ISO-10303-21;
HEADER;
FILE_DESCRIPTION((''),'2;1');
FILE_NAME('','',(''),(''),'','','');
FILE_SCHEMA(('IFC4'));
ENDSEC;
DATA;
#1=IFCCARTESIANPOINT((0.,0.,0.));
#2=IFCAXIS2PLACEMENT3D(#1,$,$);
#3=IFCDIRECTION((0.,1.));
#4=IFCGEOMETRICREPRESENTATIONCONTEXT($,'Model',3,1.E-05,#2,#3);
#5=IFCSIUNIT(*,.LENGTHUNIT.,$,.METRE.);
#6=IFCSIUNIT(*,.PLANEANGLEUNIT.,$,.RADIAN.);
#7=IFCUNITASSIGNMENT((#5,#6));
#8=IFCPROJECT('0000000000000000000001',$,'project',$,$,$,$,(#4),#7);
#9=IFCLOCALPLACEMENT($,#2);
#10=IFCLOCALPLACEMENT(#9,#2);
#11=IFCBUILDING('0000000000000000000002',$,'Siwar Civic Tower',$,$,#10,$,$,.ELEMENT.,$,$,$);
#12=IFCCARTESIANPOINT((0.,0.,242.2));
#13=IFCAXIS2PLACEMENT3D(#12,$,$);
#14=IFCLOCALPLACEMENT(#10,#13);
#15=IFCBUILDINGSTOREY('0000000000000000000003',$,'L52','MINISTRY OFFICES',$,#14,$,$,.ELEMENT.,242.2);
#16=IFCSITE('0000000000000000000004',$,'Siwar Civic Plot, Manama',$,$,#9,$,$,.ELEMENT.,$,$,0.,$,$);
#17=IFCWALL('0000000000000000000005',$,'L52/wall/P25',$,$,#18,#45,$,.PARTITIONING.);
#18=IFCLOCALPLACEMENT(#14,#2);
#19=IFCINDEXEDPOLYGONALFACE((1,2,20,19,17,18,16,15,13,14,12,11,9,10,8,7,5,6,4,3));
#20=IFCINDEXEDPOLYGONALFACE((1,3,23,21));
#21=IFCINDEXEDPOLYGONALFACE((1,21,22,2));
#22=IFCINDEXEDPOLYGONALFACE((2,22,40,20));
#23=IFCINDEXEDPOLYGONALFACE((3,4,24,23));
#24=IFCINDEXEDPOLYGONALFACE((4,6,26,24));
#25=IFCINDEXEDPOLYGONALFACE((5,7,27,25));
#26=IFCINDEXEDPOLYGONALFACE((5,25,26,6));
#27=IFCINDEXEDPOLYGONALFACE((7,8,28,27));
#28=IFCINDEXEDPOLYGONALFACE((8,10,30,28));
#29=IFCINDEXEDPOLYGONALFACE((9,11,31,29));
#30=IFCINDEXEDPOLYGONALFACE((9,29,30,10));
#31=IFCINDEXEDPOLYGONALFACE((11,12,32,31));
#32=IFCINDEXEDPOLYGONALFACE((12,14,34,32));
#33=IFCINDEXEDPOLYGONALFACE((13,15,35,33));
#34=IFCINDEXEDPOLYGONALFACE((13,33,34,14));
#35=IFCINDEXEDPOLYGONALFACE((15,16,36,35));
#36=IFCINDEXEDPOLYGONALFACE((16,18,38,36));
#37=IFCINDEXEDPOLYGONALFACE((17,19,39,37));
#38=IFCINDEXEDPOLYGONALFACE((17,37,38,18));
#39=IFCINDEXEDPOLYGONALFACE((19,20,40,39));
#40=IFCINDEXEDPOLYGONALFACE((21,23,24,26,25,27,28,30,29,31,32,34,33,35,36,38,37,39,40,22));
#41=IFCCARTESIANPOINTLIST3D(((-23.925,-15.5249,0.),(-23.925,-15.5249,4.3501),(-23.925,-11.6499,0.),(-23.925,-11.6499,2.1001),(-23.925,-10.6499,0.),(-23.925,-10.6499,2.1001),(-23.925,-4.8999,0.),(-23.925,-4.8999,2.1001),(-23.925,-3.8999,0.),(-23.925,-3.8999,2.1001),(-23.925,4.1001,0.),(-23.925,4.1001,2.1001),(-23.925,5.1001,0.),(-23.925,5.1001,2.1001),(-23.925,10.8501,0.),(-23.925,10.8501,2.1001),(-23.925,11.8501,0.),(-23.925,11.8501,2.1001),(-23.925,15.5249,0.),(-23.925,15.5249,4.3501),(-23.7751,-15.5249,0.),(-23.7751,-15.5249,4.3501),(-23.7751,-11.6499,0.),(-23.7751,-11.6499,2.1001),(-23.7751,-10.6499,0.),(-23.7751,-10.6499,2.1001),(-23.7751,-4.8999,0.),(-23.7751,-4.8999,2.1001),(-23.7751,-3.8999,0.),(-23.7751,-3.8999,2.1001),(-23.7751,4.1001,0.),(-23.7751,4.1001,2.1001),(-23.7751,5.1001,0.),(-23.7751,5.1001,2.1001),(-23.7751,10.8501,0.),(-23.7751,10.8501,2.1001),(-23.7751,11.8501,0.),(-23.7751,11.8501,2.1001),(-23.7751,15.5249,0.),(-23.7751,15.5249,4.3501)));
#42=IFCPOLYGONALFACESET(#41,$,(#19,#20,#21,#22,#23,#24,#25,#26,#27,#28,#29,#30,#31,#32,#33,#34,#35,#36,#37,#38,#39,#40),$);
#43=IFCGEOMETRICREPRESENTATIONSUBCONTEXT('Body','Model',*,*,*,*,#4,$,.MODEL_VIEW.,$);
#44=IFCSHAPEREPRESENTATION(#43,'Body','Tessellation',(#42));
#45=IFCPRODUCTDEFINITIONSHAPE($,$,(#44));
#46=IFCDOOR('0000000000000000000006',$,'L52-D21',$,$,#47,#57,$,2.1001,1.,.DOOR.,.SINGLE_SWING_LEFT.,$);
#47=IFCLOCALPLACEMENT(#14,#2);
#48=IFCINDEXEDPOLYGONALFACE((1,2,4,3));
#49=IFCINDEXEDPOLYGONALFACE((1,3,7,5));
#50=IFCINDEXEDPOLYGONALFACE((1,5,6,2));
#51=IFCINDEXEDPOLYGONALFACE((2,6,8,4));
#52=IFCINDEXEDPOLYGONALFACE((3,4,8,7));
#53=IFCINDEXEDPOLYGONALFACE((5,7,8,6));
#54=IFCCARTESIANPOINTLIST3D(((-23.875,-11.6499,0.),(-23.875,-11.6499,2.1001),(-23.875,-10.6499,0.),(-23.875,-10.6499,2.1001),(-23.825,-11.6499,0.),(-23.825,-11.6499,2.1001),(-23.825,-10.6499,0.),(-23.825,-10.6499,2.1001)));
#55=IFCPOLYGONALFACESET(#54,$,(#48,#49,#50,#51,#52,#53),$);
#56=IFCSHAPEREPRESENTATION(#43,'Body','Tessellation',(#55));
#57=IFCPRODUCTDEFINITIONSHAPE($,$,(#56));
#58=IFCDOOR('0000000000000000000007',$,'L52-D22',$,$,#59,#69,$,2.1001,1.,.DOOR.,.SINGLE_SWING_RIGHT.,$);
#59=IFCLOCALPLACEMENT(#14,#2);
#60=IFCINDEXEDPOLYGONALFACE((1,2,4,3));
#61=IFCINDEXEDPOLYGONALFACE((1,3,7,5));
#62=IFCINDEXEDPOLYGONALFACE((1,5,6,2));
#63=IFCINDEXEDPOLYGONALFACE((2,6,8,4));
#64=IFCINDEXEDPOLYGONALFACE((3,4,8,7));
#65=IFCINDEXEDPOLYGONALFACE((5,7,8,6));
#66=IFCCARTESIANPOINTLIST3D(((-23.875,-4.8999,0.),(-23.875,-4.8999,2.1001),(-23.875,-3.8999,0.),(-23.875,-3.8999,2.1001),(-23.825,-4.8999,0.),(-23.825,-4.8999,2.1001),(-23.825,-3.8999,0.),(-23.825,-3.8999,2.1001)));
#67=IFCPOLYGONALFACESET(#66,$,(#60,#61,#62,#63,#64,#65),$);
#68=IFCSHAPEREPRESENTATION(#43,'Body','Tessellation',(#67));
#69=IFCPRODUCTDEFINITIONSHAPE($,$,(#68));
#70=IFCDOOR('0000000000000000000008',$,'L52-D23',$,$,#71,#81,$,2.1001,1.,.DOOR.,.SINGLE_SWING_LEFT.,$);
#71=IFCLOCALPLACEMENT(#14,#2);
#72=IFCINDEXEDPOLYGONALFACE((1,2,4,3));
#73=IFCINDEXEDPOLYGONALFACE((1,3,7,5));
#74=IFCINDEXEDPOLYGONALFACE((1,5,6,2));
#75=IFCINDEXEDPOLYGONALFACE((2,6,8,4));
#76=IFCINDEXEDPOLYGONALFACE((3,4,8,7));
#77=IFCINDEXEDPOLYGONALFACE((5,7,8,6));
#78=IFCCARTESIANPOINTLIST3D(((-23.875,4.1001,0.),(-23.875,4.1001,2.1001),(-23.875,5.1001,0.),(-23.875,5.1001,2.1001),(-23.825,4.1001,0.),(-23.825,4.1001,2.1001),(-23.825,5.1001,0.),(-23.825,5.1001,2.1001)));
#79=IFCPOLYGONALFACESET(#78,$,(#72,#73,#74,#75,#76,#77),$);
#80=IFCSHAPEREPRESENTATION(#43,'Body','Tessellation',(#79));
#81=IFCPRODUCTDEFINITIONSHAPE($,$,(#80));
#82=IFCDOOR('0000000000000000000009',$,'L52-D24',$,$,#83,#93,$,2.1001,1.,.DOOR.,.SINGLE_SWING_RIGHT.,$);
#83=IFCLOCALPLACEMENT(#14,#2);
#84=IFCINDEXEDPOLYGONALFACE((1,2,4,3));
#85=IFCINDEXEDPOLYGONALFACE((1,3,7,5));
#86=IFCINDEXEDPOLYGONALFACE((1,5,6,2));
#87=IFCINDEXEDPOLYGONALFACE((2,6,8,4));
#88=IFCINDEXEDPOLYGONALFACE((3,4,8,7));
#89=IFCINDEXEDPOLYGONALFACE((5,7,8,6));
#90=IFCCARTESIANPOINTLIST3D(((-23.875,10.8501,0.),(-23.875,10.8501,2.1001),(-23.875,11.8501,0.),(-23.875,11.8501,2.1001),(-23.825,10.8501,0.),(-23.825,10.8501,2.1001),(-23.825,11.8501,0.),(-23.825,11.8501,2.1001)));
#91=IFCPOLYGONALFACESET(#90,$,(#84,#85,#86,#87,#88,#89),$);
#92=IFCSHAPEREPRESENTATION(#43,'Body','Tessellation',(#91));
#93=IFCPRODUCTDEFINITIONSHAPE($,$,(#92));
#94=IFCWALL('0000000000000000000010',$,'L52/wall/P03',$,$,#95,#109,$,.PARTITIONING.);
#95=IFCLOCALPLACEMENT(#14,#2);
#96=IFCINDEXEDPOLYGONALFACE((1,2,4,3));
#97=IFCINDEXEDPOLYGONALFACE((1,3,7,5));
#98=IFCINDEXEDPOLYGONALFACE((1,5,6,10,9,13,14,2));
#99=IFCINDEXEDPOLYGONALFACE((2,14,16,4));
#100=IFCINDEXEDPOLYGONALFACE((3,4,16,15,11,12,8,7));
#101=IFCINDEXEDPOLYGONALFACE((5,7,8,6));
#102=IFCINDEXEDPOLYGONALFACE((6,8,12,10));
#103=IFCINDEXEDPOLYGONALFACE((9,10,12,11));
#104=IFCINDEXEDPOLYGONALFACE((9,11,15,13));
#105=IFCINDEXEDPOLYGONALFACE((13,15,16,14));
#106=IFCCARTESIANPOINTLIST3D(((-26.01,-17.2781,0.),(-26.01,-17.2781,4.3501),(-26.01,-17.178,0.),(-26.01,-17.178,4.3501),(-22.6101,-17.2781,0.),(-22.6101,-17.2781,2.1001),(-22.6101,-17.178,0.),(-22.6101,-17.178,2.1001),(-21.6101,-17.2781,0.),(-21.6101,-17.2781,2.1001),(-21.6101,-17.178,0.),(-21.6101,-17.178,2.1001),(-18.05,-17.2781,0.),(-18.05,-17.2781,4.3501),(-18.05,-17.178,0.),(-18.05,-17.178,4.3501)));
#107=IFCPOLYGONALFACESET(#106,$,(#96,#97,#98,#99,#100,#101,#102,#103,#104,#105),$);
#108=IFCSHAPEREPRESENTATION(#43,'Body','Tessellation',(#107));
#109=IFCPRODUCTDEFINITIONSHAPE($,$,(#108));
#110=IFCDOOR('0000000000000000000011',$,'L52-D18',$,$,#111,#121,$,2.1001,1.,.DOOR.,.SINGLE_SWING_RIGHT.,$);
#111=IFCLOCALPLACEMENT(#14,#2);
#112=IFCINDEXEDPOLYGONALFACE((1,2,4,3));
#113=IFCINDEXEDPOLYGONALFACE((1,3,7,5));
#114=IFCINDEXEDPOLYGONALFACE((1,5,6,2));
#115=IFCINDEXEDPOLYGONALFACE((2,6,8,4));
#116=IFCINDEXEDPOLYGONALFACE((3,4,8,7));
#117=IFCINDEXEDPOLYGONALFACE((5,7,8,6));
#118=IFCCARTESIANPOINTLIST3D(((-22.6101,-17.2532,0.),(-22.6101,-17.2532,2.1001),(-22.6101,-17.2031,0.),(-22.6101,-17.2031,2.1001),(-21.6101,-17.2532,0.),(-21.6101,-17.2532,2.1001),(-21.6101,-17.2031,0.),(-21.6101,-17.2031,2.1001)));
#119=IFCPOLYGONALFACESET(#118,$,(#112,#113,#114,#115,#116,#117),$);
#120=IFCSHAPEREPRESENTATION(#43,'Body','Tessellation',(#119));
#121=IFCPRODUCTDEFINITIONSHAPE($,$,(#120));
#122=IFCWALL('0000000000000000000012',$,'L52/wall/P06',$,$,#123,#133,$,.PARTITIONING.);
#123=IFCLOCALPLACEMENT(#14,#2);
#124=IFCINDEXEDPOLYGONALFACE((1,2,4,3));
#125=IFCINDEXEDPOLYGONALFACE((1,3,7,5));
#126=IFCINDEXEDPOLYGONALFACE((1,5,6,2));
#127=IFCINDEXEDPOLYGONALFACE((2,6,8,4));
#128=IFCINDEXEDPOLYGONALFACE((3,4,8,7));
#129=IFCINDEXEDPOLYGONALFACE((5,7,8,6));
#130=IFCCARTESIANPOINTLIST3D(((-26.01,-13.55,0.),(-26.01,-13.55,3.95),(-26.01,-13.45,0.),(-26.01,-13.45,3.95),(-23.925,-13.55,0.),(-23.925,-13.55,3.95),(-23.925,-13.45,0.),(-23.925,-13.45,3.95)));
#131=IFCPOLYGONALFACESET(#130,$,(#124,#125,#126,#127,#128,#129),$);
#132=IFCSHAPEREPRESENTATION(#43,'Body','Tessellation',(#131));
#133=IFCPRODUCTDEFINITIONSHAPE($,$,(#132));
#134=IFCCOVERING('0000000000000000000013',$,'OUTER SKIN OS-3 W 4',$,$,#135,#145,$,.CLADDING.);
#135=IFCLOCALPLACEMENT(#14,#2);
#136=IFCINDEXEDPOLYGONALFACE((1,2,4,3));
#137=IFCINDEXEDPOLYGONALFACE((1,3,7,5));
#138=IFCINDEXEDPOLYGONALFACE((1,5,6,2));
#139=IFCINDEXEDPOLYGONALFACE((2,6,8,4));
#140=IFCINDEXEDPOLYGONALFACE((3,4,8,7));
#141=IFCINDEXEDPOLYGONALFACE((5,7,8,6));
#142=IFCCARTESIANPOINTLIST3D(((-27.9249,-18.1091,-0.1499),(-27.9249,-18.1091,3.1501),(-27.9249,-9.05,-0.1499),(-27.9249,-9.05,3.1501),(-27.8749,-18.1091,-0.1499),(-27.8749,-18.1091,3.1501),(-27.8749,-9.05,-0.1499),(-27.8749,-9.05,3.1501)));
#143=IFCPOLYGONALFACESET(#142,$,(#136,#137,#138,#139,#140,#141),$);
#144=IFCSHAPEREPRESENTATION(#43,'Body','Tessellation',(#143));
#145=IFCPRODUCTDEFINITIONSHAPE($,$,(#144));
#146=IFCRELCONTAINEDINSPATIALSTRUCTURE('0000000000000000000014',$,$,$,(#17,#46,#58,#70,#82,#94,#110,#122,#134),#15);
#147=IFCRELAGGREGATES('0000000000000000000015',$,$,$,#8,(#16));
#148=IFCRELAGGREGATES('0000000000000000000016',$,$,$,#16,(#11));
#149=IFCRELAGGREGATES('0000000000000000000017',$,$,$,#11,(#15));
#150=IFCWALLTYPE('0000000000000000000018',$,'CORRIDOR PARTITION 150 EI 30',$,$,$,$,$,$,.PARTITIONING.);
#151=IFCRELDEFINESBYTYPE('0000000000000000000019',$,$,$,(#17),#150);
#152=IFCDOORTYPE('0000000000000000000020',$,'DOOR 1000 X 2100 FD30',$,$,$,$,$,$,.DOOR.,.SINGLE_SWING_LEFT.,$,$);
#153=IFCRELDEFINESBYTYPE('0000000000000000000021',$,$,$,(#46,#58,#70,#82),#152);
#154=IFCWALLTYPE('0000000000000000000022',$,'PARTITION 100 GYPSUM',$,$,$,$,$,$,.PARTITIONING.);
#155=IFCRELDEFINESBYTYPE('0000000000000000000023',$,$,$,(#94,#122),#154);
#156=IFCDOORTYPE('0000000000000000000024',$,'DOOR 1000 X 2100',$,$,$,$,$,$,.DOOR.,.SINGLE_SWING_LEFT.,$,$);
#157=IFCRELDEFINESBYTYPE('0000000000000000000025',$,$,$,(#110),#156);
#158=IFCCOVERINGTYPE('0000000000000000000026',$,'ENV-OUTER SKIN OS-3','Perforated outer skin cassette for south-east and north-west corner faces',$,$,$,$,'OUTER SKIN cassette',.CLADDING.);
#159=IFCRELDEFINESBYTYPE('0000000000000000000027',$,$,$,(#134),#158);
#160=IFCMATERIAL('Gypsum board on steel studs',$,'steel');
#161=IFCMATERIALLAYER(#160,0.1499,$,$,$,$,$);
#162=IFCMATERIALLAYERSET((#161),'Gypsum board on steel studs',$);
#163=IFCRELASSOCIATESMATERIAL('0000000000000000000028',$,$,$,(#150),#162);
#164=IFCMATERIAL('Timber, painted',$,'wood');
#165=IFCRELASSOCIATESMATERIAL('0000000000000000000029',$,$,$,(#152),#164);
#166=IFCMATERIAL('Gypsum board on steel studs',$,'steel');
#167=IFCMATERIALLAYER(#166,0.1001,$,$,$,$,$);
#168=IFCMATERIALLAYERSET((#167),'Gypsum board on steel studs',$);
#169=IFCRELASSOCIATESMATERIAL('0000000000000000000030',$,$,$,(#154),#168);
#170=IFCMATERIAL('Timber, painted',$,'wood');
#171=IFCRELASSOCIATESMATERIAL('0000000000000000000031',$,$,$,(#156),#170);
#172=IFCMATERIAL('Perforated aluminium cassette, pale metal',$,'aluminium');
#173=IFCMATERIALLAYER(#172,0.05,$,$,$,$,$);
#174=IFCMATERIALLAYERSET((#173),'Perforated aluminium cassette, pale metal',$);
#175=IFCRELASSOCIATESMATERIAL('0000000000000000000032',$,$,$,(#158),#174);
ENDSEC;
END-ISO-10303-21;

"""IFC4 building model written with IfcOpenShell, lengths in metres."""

from ifc_helpers import new_model, si_unit, direction, frame, frame_2d, origin, origin_2d, place, context, subcontext, project, spatial, rectangle, extrude, material, layer, layer_set, type_object, element, fill, save


model = new_model("IFC4")

# Units and contexts
model_context = context("Model", 3, precision=1e-05, world=origin(), true_north=direction((0.0, 1.0)))
body_context = subcontext(model_context, "Body", "Model", "MODEL_VIEW")
ifc_project = project(units=[si_unit("LENGTHUNIT", "METRE"), si_unit("PLANEANGLEUNIT", "RADIAN")], contexts=[model_context])

# Site, building, storey
site_placement = place(None, origin())
site = spatial("IfcSite", under=ifc_project, at=site_placement, Name="Siwar Civic Plot, Manama", CompositionType="ELEMENT", RefElevation=0.0)
building_placement = place(site_placement, origin())
building = spatial("IfcBuilding", under=site, at=building_placement, Name="Siwar Civic Tower", CompositionType="ELEMENT")
storey_placement = place(building_placement, frame((0.0, 0.0, 242.2)))
storey = spatial("IfcBuildingStorey", under=building, at=storey_placement, Name="L52", Description="MINISTRY OFFICES", CompositionType="ELEMENT", Elevation=242.2)

# Wall, openings, doors
ifc_material_1 = material(Name="Gypsum board on steel studs", Category="steel")
ifc_layer_1 = layer(ifc_material_1, 0.1499)
ifc_layer_set_1 = layer_set([ifc_layer_1], Name="Gypsum board on steel studs")
wall_type_1 = type_object("IfcWallType", Name="CORRIDOR PARTITION 150 EI 30", PredefinedType="PARTITIONING", material=ifc_layer_set_1)
ifc_material_2 = material(Name="Timber, painted", Category="wood")
door_type_1 = type_object("IfcDoorType", Name="DOOR 1000 X 2100 FD30", OperationType="SINGLE_SWING_LEFT", PredefinedType="DOOR", material=ifc_material_2)
wall_1_placement = place(storey_placement, frame((-23.8501, -15.5249, 0.0), z_axis=(0.0, 0.0, 1.0), x_axis=(0.0, 1.0, 0.0)))
wall_1 = element("IfcWall", 1, at=wall_1_placement, inside=storey, type_object=wall_type_1, Name="L52/wall/P25", PredefinedType="PARTITIONING", context=body_context, shape_type="SweptSolid", body=[
    extrude(rectangle(XDim=31.0498, YDim=0.1499, at=frame_2d((15.5249, 0.0))), origin(), (0.0, 0.0, 1.0), 4.3501),
])
opening_1_placement = place(wall_1_placement, frame((3.875, 0.0, 0.0)))
opening_1 = element("IfcOpeningElement", 2, at=opening_1_placement, cuts=wall_1, PredefinedType="OPENING", context=body_context, shape_type="SweptSolid", body=[
    extrude(rectangle(XDim=1.0, YDim=2.1001, at=frame_2d((0.5, 1.05))), frame((0.0, 0.085, 0.0), z_axis=(0.0, -1.0, 0.0), x_axis=(1.0, 0.0, 0.0)), (0.0, 0.0, 1.0), 0.1699),
])
opening_2_placement = place(wall_1_placement, frame((10.625, 0.0, 0.0)))
opening_2 = element("IfcOpeningElement", 3, at=opening_2_placement, cuts=wall_1, PredefinedType="OPENING", context=body_context, shape_type="SweptSolid", body=[
    extrude(rectangle(XDim=1.0, YDim=2.1001, at=frame_2d((0.5, 1.05))), frame((0.0, 0.085, 0.0), z_axis=(0.0, -1.0, 0.0), x_axis=(1.0, 0.0, 0.0)), (0.0, 0.0, 1.0), 0.1699),
])
opening_3_placement = place(wall_1_placement, frame((19.625, 0.0, 0.0)))
opening_3 = element("IfcOpeningElement", 4, at=opening_3_placement, cuts=wall_1, PredefinedType="OPENING", context=body_context, shape_type="SweptSolid", body=[
    extrude(rectangle(XDim=1.0, YDim=2.1001, at=frame_2d((0.5, 1.05))), frame((0.0, 0.085, 0.0), z_axis=(0.0, -1.0, 0.0), x_axis=(1.0, 0.0, 0.0)), (0.0, 0.0, 1.0), 0.1699),
])
opening_4_placement = place(wall_1_placement, frame((26.375, 0.0, 0.0)))
opening_4 = element("IfcOpeningElement", 5, at=opening_4_placement, cuts=wall_1, PredefinedType="OPENING", context=body_context, shape_type="SweptSolid", body=[
    extrude(rectangle(XDim=1.0, YDim=2.1001, at=frame_2d((0.5, 1.05))), frame((0.0, 0.085, 0.0), z_axis=(0.0, -1.0, 0.0), x_axis=(1.0, 0.0, 0.0)), (0.0, 0.0, 1.0), 0.1699),
])
door_1_placement = place(opening_1_placement, origin())
door_1 = element("IfcDoor", 6, at=door_1_placement, inside=storey, type_object=door_type_1, Name="L52-D21", OperationType="SINGLE_SWING_LEFT", OverallHeight=2.1001, OverallWidth=1.0, PredefinedType="DOOR", context=body_context, shape_type="SweptSolid", body=[
    extrude(rectangle(XDim=1.0, YDim=2.1001, at=frame_2d((0.5, 1.05))), frame((0.0, 0.0249, 0.0), z_axis=(0.0, -1.0, 0.0), x_axis=(1.0, 0.0, 0.0)), (0.0, 0.0, 1.0), 0.05),
])
fill(opening_1, door_1)
door_2_placement = place(opening_2_placement, origin())
door_2 = element("IfcDoor", 7, at=door_2_placement, inside=storey, type_object=door_type_1, Name="L52-D22", OperationType="SINGLE_SWING_RIGHT", OverallHeight=2.1001, OverallWidth=1.0, PredefinedType="DOOR", context=body_context, shape_type="SweptSolid", body=[
    extrude(rectangle(XDim=1.0, YDim=2.1001, at=frame_2d((0.5, 1.05))), frame((0.0, 0.0249, 0.0), z_axis=(0.0, -1.0, 0.0), x_axis=(1.0, 0.0, 0.0)), (0.0, 0.0, 1.0), 0.05),
])
fill(opening_2, door_2)
door_3_placement = place(opening_3_placement, origin())
door_3 = element("IfcDoor", 8, at=door_3_placement, inside=storey, type_object=door_type_1, Name="L52-D23", OperationType="SINGLE_SWING_LEFT", OverallHeight=2.1001, OverallWidth=1.0, PredefinedType="DOOR", context=body_context, shape_type="SweptSolid", body=[
    extrude(rectangle(XDim=1.0, YDim=2.1001, at=frame_2d((0.5, 1.05))), frame((0.0, 0.0249, 0.0), z_axis=(0.0, -1.0, 0.0), x_axis=(1.0, 0.0, 0.0)), (0.0, 0.0, 1.0), 0.05),
])
fill(opening_3, door_3)
door_4_placement = place(opening_4_placement, origin())
door_4 = element("IfcDoor", 9, at=door_4_placement, inside=storey, type_object=door_type_1, Name="L52-D24", OperationType="SINGLE_SWING_RIGHT", OverallHeight=2.1001, OverallWidth=1.0, PredefinedType="DOOR", context=body_context, shape_type="SweptSolid", body=[
    extrude(rectangle(XDim=1.0, YDim=2.1001, at=frame_2d((0.5, 1.05))), frame((0.0, 0.0249, 0.0), z_axis=(0.0, -1.0, 0.0), x_axis=(1.0, 0.0, 0.0)), (0.0, 0.0, 1.0), 0.05),
])
fill(opening_4, door_4)

# Wall, opening, door
ifc_material_3 = material(Name="Gypsum board on steel studs", Category="steel")
ifc_layer_2 = layer(ifc_material_3, 0.1001)
ifc_layer_set_2 = layer_set([ifc_layer_2], Name="Gypsum board on steel studs")
wall_type_2 = type_object("IfcWallType", Name="PARTITION 100 GYPSUM", PredefinedType="PARTITIONING", material=ifc_layer_set_2)
wall_2_placement = place(storey_placement, frame((-26.01, -17.228, 0.0), z_axis=(0.0, 0.0, 1.0), x_axis=(1.0, 0.0, 0.0)))
wall_2 = element("IfcWall", 10, at=wall_2_placement, inside=storey, type_object=wall_type_2, Name="L52/wall/P03", PredefinedType="PARTITIONING", context=body_context, shape_type="SweptSolid", body=[
    extrude(rectangle(XDim=7.96, YDim=0.1001, at=frame_2d((3.98, 0.0))), origin(), (0.0, 0.0, 1.0), 4.3501),
])
opening_5_placement = place(wall_2_placement, frame((3.3999, 0.0, 0.0)))
opening_5 = element("IfcOpeningElement", 11, at=opening_5_placement, cuts=wall_2, PredefinedType="OPENING", context=body_context, shape_type="SweptSolid", body=[
    extrude(rectangle(XDim=1.0, YDim=2.1001, at=frame_2d((0.5, 1.05))), frame((0.0, 0.0601, 0.0), z_axis=(0.0, -1.0, 0.0), x_axis=(1.0, 0.0, 0.0)), (0.0, 0.0, 1.0), 0.1201),
])
ifc_material_4 = material(Name="Timber, painted", Category="wood")
door_type_2 = type_object("IfcDoorType", Name="DOOR 1000 X 2100", OperationType="SINGLE_SWING_LEFT", PredefinedType="DOOR", material=ifc_material_4)
door_5_placement = place(opening_5_placement, origin())
door_5 = element("IfcDoor", 12, at=door_5_placement, inside=storey, type_object=door_type_2, Name="L52-D18", OperationType="SINGLE_SWING_RIGHT", OverallHeight=2.1001, OverallWidth=1.0, PredefinedType="DOOR", context=body_context, shape_type="SweptSolid", body=[
    extrude(rectangle(XDim=1.0, YDim=2.1001, at=frame_2d((0.5, 1.05))), frame((0.0, 0.0249, 0.0), z_axis=(0.0, -1.0, 0.0), x_axis=(1.0, 0.0, 0.0)), (0.0, 0.0, 1.0), 0.05),
])
fill(opening_5, door_5)

# Wall
wall_3_placement = place(storey_placement, frame((-26.01, -13.5, 0.0), z_axis=(0.0, 0.0, 1.0), x_axis=(1.0, 0.0, 0.0)))
element("IfcWall", 13, at=wall_3_placement, inside=storey, type_object=wall_type_2, Name="L52/wall/P06", PredefinedType="PARTITIONING", context=body_context, shape_type="SweptSolid", body=[
    extrude(rectangle(XDim=2.085, YDim=0.1001, at=frame_2d((1.0425, 0.0))), origin(), (0.0, 0.0, 1.0), 3.95),
])

# Covering
ifc_material_5 = material(Name="Perforated aluminium cassette, pale metal", Category="aluminium")
ifc_layer_3 = layer(ifc_material_5, 0.05)
ifc_layer_set_3 = layer_set([ifc_layer_3], Name="Perforated aluminium cassette, pale metal")
covering_type = type_object("IfcCoveringType", Name="ENV-OUTER SKIN OS-3", Description="Perforated outer skin cassette for south-east and north-west corner faces", ElementType="OUTER SKIN cassette", PredefinedType="CLADDING", material=ifc_layer_set_3)
covering_placement = place(storey_placement, frame((-27.8999, -13.5796, -0.1499), z_axis=(0.0, 0.0, 1.0), x_axis=(0.0, -1.0, 0.0)))
element("IfcCovering", 14, at=covering_placement, inside=storey, type_object=covering_type, Name="OUTER SKIN OS-3 W 4", PredefinedType="CLADDING", context=body_context, shape_type="SweptSolid", body=[
    extrude(rectangle(XDim=9.0591, YDim=0.05, at=origin_2d()), origin(), (0.0, 0.0, 1.0), 3.3),
])

save(model, "model.ifc")
